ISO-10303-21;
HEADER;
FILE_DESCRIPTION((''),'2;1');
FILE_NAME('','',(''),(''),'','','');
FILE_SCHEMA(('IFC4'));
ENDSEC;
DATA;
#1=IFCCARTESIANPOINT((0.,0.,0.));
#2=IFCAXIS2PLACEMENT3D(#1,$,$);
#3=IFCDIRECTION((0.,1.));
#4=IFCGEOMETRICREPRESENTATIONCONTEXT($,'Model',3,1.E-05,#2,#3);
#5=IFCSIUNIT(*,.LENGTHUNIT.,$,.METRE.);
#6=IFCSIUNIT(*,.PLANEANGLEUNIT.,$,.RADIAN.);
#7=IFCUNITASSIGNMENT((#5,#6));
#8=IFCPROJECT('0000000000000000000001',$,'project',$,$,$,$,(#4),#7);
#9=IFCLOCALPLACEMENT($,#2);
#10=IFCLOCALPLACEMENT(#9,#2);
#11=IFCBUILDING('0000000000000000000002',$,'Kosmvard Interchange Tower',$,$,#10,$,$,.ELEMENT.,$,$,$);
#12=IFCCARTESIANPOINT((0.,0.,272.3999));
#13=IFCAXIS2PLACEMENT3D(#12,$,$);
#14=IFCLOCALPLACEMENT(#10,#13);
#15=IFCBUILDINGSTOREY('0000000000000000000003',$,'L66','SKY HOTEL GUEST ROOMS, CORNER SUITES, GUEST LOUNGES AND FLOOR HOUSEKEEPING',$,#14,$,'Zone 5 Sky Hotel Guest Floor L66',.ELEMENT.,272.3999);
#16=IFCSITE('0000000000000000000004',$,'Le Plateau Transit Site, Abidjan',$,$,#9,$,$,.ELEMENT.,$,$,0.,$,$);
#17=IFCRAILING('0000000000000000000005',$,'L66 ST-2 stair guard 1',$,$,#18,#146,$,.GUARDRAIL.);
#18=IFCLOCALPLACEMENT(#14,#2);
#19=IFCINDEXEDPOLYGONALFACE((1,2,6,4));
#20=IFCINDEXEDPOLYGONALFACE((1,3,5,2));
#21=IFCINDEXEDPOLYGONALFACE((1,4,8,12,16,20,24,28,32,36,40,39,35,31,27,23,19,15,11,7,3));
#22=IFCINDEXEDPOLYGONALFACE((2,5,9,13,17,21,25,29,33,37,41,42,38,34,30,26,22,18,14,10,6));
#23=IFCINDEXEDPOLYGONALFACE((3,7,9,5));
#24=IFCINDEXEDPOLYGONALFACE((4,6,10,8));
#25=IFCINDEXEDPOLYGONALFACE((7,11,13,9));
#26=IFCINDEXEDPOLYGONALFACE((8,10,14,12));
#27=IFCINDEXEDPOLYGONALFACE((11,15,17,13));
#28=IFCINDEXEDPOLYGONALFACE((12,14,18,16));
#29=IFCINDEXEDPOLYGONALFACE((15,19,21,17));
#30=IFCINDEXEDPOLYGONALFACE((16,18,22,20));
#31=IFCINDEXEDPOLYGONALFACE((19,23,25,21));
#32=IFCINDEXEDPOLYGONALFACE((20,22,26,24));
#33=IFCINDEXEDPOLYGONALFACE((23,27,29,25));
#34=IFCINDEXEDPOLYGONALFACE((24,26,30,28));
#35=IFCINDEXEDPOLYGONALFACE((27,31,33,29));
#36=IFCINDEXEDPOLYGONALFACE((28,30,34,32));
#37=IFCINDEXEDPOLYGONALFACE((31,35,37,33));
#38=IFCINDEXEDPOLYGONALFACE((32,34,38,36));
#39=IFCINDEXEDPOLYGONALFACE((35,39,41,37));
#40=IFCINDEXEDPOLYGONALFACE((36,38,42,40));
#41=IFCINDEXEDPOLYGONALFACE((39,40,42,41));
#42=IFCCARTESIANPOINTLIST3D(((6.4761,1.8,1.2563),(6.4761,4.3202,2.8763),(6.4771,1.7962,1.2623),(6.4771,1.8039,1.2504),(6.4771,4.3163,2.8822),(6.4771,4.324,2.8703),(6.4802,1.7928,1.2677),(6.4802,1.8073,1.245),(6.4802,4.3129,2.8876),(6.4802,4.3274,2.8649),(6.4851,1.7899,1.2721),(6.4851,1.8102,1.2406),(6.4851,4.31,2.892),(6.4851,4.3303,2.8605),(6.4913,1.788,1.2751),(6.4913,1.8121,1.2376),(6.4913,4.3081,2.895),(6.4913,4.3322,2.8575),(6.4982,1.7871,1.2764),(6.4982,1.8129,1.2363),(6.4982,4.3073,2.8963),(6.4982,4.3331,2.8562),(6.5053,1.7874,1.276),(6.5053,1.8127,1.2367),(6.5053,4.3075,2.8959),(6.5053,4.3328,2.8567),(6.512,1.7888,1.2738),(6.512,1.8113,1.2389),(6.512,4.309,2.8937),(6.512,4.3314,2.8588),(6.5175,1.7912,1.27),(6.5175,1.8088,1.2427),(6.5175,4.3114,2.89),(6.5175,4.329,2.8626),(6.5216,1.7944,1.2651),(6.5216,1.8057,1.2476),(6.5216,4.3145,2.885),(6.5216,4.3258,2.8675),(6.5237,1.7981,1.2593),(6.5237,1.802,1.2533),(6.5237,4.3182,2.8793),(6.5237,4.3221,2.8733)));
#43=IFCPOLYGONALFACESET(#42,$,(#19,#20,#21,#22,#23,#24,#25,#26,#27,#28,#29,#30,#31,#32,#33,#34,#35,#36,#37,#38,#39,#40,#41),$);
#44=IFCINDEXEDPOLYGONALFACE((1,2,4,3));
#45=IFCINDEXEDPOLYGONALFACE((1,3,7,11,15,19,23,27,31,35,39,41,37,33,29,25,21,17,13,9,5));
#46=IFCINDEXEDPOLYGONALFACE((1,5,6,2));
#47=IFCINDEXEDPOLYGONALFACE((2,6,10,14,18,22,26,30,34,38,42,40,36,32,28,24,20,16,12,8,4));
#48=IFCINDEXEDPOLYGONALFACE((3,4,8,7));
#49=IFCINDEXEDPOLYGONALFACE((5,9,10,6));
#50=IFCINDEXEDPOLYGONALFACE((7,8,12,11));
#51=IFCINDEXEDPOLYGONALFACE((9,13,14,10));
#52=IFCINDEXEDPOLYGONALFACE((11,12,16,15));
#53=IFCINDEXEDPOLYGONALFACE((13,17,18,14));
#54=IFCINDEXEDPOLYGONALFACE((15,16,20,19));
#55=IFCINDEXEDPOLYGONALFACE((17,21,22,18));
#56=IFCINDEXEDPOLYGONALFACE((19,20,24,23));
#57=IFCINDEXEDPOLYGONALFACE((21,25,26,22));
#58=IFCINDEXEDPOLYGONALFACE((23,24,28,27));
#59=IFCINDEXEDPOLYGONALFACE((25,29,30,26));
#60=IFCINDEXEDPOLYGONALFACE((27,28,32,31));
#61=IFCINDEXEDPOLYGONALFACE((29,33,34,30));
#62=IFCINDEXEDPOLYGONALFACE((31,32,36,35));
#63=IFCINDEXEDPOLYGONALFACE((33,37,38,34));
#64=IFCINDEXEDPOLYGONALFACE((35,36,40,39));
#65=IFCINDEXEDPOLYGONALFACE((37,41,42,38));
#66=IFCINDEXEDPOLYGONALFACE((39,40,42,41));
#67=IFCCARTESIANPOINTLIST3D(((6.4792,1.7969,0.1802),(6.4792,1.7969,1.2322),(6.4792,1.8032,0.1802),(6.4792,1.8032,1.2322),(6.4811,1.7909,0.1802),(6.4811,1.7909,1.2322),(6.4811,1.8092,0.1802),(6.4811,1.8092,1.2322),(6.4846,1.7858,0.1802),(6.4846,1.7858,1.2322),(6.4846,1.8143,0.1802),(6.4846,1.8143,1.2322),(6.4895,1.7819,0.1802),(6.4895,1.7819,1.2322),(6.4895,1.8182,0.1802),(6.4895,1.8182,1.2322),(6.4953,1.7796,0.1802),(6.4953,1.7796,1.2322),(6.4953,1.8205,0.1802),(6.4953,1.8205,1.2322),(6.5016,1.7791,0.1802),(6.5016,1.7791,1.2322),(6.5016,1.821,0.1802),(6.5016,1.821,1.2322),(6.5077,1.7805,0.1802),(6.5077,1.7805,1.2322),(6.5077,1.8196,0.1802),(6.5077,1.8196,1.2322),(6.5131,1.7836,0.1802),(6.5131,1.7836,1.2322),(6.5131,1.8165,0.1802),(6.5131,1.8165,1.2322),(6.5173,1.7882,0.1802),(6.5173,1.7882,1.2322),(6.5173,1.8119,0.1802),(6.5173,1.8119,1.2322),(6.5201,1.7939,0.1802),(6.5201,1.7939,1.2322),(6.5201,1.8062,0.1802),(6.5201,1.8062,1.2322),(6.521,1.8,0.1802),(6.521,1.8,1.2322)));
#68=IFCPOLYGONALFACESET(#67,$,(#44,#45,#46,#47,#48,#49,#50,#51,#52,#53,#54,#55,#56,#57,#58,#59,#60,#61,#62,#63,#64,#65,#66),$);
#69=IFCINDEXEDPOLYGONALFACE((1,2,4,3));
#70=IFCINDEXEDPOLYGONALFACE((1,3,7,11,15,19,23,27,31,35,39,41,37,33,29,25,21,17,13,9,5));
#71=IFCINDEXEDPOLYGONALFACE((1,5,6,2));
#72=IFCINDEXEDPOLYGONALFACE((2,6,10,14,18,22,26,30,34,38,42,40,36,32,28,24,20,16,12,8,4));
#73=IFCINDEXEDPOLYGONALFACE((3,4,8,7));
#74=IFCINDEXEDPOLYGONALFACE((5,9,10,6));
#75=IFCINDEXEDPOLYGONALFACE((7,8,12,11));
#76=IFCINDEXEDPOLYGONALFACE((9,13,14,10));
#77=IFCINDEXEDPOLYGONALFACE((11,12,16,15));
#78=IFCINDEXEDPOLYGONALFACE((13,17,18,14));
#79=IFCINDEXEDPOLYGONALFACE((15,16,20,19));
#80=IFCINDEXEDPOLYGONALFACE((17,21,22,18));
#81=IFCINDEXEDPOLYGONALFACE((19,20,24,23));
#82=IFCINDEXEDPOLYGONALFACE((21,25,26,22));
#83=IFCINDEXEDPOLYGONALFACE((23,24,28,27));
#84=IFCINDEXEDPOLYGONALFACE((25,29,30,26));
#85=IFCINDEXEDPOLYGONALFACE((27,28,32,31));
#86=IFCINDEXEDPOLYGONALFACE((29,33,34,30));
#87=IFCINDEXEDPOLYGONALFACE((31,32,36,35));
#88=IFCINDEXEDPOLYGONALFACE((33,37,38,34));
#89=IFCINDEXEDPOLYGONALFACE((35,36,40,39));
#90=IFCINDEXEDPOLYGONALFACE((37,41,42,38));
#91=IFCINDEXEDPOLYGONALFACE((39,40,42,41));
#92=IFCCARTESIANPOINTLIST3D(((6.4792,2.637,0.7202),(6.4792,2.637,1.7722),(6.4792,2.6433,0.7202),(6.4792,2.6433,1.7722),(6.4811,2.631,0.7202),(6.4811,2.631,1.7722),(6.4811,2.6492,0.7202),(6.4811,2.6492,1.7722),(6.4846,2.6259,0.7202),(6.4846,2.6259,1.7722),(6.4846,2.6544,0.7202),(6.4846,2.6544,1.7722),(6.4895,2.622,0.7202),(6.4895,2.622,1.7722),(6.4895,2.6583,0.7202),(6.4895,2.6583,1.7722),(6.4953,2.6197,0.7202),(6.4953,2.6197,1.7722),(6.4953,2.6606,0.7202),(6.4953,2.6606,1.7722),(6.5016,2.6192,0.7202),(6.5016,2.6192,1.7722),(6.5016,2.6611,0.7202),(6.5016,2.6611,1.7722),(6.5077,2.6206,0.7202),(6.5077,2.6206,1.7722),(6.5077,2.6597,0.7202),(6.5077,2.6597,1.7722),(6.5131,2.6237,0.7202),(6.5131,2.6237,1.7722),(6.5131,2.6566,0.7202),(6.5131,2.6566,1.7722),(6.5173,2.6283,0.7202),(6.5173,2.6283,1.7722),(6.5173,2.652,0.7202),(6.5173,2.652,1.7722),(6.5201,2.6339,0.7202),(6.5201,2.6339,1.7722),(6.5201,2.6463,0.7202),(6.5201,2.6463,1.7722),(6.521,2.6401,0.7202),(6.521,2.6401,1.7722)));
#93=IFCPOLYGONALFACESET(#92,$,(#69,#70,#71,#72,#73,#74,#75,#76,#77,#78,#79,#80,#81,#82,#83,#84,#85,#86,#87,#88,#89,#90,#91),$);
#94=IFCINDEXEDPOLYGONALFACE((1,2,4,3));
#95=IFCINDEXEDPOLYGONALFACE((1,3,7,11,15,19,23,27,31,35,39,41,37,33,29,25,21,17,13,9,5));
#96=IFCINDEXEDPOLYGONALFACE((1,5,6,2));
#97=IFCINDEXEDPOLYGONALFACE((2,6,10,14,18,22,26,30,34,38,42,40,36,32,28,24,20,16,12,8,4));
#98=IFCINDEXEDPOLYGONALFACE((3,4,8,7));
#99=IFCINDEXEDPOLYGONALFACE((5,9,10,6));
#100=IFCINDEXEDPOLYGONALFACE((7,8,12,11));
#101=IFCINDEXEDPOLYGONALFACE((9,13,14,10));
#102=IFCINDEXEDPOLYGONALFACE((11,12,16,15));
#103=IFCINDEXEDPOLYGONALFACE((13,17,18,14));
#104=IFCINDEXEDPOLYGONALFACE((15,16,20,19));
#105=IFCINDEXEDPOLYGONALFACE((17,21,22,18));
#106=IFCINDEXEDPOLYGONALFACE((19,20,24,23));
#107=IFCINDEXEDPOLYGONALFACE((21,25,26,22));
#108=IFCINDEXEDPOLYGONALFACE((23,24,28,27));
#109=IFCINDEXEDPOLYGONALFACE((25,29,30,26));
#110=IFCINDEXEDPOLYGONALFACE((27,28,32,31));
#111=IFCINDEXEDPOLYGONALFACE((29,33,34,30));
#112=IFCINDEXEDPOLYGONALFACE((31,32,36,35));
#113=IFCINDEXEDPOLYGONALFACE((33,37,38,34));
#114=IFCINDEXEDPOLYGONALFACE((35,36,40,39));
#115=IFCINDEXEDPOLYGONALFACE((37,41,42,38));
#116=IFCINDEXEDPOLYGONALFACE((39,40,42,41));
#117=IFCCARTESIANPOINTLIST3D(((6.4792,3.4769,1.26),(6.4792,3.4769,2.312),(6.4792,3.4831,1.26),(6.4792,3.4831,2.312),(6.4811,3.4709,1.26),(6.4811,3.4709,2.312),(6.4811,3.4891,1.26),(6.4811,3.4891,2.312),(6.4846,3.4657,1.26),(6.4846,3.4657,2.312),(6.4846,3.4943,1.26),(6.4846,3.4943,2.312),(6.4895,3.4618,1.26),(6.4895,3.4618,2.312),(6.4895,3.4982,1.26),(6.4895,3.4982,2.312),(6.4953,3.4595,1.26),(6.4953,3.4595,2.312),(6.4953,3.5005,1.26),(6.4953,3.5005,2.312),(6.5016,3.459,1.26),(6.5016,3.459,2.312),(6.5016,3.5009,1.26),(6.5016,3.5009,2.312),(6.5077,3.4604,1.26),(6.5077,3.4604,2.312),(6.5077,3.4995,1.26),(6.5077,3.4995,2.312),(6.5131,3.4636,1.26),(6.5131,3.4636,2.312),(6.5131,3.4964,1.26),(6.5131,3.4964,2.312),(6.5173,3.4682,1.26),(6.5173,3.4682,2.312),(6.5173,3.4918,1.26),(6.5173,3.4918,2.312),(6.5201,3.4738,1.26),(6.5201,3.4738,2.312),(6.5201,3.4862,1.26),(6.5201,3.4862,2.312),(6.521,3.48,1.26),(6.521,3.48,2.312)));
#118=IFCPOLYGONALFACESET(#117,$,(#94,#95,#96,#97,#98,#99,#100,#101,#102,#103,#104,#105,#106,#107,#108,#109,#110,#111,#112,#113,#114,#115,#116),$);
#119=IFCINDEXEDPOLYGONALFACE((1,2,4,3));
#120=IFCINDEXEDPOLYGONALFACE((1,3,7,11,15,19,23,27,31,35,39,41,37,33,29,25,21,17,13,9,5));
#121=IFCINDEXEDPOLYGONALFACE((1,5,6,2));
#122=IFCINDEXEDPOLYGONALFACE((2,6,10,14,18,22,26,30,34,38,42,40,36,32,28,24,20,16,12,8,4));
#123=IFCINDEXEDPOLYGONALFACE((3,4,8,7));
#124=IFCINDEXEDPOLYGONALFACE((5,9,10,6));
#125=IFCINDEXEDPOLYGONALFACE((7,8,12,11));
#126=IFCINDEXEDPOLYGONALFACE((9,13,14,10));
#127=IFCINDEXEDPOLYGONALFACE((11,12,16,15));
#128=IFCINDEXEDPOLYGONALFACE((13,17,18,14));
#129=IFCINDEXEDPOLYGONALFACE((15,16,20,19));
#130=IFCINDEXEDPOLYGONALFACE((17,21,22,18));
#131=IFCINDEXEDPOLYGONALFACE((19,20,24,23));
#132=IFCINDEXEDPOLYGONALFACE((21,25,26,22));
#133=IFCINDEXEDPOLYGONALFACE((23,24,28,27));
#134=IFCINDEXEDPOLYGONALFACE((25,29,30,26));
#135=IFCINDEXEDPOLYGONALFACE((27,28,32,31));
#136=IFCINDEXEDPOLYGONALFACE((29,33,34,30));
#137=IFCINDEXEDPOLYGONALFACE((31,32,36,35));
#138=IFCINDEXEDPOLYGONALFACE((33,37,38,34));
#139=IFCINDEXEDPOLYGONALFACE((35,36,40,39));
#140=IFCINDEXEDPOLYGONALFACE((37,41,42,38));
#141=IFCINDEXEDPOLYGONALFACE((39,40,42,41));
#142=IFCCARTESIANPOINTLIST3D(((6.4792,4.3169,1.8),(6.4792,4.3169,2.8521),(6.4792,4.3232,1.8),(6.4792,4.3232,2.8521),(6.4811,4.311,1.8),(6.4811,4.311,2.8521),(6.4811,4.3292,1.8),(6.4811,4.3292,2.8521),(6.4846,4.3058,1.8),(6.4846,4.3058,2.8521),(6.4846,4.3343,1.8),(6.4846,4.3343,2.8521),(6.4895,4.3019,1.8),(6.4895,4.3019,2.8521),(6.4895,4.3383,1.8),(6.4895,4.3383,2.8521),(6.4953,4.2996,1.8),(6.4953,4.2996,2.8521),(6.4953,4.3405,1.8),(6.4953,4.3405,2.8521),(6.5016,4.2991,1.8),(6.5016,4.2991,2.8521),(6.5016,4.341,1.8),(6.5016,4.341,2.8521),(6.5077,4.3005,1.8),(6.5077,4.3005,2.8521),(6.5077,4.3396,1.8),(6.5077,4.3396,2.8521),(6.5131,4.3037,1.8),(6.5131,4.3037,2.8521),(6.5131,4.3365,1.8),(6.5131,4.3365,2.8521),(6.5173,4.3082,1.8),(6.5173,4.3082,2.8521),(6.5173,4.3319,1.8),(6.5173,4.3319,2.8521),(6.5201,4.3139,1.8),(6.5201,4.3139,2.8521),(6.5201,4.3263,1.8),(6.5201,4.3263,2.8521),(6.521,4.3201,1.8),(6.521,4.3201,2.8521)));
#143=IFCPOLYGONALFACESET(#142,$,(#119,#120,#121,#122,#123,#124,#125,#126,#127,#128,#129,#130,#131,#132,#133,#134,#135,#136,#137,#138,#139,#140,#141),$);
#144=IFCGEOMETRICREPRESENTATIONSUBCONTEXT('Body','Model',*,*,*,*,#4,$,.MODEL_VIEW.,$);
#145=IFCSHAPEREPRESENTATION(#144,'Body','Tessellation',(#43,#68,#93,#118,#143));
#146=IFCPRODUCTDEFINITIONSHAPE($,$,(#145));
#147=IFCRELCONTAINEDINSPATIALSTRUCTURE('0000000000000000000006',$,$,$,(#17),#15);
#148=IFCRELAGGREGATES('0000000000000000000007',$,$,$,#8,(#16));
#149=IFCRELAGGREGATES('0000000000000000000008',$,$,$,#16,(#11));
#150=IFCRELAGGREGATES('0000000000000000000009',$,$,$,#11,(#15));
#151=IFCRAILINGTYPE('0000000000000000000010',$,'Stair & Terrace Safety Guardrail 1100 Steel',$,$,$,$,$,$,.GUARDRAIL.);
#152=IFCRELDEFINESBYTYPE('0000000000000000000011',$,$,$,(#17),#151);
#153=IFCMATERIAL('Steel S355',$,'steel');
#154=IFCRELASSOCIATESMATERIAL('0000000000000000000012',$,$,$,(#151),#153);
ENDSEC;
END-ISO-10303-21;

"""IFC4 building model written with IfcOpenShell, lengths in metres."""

from ifc_helpers import new_model, si_unit, direction, frame, origin, origin_2d, place, context, subcontext, project, spatial, circle, extrude, source, transform, mapped, material, type_object, element, save


model = new_model("IFC4")

# Units and contexts
model_context = context("Model", 3, precision=1e-05, world=origin(), true_north=direction((0.0, 1.0)))
body_context = subcontext(model_context, "Body", "Model", "MODEL_VIEW")
ifc_project = project(units=[si_unit("LENGTHUNIT", "METRE"), si_unit("PLANEANGLEUNIT", "RADIAN")], contexts=[model_context])

# Site, building, storey
site_placement = place(None, origin())
site = spatial("IfcSite", under=ifc_project, at=site_placement, Name="Le Plateau Transit Site, Abidjan", CompositionType="ELEMENT", RefElevation=0.0)
building_placement = place(site_placement, origin())
building = spatial("IfcBuilding", under=site, at=building_placement, Name="Kosmvard Interchange Tower", CompositionType="ELEMENT")
storey_placement = place(building_placement, frame((0.0, 0.0, 272.3999)))
storey = spatial("IfcBuildingStorey", under=building, at=storey_placement, Name="L66", Description="SKY HOTEL GUEST ROOMS, CORNER SUITES, GUEST LOUNGES AND FLOOR HOUSEKEEPING", LongName="Zone 5 Sky Hotel Guest Floor L66", CompositionType="ELEMENT", Elevation=272.3999)

# Shared definitions
ifc_material_1 = material(Name="Steel S355", Category="steel")

# Railing
railing_type_1 = type_object("IfcRailingType", Name="Stair & Terrace Safety Guardrail 1100 Steel", PredefinedType="GUARDRAIL", material=ifc_material_1)
shared_shape_1 = source(origin(), body_context, "Body", "SweptSolid", [
    extrude(circle(Radius=0.0239, at=origin_2d()), frame((0.0, 0.0, 1.0762), z_axis=(0.0, 0.8412, 0.540725), x_axis=(-1.0, 0.0, 0.0)), (0.0, 0.0, 1.0), 2.9958),
    extrude(circle(Radius=0.021, at=origin_2d()), origin(), (0.0, 0.0, 1.0), 1.052),
    extrude(circle(Radius=0.021, at=origin_2d()), frame((0.0, 0.8401, 0.54)), (0.0, 0.0, 1.0), 1.052),
    extrude(circle(Radius=0.021, at=origin_2d()), frame((0.0, 1.6799, 1.0798)), (0.0, 0.0, 1.0), 1.052),
    extrude(circle(Radius=0.021, at=origin_2d()), frame((0.0, 2.52, 1.6199)), (0.0, 0.0, 1.0), 1.052),
])
railing_1_placement = place(storey_placement, frame((6.5, 1.8, 0.1802)))
element("IfcRailing", 1, at=railing_1_placement, inside=storey, type_object=railing_type_1, Name="L66 ST-2 stair guard 1", PredefinedType="GUARDRAIL", context=body_context, shape_type="MappedRepresentation", body=[
    mapped(shared_shape_1, transform((0.0, 0.0, 0.0), scale=1.0)),
])

save(model, "model.ifc")
